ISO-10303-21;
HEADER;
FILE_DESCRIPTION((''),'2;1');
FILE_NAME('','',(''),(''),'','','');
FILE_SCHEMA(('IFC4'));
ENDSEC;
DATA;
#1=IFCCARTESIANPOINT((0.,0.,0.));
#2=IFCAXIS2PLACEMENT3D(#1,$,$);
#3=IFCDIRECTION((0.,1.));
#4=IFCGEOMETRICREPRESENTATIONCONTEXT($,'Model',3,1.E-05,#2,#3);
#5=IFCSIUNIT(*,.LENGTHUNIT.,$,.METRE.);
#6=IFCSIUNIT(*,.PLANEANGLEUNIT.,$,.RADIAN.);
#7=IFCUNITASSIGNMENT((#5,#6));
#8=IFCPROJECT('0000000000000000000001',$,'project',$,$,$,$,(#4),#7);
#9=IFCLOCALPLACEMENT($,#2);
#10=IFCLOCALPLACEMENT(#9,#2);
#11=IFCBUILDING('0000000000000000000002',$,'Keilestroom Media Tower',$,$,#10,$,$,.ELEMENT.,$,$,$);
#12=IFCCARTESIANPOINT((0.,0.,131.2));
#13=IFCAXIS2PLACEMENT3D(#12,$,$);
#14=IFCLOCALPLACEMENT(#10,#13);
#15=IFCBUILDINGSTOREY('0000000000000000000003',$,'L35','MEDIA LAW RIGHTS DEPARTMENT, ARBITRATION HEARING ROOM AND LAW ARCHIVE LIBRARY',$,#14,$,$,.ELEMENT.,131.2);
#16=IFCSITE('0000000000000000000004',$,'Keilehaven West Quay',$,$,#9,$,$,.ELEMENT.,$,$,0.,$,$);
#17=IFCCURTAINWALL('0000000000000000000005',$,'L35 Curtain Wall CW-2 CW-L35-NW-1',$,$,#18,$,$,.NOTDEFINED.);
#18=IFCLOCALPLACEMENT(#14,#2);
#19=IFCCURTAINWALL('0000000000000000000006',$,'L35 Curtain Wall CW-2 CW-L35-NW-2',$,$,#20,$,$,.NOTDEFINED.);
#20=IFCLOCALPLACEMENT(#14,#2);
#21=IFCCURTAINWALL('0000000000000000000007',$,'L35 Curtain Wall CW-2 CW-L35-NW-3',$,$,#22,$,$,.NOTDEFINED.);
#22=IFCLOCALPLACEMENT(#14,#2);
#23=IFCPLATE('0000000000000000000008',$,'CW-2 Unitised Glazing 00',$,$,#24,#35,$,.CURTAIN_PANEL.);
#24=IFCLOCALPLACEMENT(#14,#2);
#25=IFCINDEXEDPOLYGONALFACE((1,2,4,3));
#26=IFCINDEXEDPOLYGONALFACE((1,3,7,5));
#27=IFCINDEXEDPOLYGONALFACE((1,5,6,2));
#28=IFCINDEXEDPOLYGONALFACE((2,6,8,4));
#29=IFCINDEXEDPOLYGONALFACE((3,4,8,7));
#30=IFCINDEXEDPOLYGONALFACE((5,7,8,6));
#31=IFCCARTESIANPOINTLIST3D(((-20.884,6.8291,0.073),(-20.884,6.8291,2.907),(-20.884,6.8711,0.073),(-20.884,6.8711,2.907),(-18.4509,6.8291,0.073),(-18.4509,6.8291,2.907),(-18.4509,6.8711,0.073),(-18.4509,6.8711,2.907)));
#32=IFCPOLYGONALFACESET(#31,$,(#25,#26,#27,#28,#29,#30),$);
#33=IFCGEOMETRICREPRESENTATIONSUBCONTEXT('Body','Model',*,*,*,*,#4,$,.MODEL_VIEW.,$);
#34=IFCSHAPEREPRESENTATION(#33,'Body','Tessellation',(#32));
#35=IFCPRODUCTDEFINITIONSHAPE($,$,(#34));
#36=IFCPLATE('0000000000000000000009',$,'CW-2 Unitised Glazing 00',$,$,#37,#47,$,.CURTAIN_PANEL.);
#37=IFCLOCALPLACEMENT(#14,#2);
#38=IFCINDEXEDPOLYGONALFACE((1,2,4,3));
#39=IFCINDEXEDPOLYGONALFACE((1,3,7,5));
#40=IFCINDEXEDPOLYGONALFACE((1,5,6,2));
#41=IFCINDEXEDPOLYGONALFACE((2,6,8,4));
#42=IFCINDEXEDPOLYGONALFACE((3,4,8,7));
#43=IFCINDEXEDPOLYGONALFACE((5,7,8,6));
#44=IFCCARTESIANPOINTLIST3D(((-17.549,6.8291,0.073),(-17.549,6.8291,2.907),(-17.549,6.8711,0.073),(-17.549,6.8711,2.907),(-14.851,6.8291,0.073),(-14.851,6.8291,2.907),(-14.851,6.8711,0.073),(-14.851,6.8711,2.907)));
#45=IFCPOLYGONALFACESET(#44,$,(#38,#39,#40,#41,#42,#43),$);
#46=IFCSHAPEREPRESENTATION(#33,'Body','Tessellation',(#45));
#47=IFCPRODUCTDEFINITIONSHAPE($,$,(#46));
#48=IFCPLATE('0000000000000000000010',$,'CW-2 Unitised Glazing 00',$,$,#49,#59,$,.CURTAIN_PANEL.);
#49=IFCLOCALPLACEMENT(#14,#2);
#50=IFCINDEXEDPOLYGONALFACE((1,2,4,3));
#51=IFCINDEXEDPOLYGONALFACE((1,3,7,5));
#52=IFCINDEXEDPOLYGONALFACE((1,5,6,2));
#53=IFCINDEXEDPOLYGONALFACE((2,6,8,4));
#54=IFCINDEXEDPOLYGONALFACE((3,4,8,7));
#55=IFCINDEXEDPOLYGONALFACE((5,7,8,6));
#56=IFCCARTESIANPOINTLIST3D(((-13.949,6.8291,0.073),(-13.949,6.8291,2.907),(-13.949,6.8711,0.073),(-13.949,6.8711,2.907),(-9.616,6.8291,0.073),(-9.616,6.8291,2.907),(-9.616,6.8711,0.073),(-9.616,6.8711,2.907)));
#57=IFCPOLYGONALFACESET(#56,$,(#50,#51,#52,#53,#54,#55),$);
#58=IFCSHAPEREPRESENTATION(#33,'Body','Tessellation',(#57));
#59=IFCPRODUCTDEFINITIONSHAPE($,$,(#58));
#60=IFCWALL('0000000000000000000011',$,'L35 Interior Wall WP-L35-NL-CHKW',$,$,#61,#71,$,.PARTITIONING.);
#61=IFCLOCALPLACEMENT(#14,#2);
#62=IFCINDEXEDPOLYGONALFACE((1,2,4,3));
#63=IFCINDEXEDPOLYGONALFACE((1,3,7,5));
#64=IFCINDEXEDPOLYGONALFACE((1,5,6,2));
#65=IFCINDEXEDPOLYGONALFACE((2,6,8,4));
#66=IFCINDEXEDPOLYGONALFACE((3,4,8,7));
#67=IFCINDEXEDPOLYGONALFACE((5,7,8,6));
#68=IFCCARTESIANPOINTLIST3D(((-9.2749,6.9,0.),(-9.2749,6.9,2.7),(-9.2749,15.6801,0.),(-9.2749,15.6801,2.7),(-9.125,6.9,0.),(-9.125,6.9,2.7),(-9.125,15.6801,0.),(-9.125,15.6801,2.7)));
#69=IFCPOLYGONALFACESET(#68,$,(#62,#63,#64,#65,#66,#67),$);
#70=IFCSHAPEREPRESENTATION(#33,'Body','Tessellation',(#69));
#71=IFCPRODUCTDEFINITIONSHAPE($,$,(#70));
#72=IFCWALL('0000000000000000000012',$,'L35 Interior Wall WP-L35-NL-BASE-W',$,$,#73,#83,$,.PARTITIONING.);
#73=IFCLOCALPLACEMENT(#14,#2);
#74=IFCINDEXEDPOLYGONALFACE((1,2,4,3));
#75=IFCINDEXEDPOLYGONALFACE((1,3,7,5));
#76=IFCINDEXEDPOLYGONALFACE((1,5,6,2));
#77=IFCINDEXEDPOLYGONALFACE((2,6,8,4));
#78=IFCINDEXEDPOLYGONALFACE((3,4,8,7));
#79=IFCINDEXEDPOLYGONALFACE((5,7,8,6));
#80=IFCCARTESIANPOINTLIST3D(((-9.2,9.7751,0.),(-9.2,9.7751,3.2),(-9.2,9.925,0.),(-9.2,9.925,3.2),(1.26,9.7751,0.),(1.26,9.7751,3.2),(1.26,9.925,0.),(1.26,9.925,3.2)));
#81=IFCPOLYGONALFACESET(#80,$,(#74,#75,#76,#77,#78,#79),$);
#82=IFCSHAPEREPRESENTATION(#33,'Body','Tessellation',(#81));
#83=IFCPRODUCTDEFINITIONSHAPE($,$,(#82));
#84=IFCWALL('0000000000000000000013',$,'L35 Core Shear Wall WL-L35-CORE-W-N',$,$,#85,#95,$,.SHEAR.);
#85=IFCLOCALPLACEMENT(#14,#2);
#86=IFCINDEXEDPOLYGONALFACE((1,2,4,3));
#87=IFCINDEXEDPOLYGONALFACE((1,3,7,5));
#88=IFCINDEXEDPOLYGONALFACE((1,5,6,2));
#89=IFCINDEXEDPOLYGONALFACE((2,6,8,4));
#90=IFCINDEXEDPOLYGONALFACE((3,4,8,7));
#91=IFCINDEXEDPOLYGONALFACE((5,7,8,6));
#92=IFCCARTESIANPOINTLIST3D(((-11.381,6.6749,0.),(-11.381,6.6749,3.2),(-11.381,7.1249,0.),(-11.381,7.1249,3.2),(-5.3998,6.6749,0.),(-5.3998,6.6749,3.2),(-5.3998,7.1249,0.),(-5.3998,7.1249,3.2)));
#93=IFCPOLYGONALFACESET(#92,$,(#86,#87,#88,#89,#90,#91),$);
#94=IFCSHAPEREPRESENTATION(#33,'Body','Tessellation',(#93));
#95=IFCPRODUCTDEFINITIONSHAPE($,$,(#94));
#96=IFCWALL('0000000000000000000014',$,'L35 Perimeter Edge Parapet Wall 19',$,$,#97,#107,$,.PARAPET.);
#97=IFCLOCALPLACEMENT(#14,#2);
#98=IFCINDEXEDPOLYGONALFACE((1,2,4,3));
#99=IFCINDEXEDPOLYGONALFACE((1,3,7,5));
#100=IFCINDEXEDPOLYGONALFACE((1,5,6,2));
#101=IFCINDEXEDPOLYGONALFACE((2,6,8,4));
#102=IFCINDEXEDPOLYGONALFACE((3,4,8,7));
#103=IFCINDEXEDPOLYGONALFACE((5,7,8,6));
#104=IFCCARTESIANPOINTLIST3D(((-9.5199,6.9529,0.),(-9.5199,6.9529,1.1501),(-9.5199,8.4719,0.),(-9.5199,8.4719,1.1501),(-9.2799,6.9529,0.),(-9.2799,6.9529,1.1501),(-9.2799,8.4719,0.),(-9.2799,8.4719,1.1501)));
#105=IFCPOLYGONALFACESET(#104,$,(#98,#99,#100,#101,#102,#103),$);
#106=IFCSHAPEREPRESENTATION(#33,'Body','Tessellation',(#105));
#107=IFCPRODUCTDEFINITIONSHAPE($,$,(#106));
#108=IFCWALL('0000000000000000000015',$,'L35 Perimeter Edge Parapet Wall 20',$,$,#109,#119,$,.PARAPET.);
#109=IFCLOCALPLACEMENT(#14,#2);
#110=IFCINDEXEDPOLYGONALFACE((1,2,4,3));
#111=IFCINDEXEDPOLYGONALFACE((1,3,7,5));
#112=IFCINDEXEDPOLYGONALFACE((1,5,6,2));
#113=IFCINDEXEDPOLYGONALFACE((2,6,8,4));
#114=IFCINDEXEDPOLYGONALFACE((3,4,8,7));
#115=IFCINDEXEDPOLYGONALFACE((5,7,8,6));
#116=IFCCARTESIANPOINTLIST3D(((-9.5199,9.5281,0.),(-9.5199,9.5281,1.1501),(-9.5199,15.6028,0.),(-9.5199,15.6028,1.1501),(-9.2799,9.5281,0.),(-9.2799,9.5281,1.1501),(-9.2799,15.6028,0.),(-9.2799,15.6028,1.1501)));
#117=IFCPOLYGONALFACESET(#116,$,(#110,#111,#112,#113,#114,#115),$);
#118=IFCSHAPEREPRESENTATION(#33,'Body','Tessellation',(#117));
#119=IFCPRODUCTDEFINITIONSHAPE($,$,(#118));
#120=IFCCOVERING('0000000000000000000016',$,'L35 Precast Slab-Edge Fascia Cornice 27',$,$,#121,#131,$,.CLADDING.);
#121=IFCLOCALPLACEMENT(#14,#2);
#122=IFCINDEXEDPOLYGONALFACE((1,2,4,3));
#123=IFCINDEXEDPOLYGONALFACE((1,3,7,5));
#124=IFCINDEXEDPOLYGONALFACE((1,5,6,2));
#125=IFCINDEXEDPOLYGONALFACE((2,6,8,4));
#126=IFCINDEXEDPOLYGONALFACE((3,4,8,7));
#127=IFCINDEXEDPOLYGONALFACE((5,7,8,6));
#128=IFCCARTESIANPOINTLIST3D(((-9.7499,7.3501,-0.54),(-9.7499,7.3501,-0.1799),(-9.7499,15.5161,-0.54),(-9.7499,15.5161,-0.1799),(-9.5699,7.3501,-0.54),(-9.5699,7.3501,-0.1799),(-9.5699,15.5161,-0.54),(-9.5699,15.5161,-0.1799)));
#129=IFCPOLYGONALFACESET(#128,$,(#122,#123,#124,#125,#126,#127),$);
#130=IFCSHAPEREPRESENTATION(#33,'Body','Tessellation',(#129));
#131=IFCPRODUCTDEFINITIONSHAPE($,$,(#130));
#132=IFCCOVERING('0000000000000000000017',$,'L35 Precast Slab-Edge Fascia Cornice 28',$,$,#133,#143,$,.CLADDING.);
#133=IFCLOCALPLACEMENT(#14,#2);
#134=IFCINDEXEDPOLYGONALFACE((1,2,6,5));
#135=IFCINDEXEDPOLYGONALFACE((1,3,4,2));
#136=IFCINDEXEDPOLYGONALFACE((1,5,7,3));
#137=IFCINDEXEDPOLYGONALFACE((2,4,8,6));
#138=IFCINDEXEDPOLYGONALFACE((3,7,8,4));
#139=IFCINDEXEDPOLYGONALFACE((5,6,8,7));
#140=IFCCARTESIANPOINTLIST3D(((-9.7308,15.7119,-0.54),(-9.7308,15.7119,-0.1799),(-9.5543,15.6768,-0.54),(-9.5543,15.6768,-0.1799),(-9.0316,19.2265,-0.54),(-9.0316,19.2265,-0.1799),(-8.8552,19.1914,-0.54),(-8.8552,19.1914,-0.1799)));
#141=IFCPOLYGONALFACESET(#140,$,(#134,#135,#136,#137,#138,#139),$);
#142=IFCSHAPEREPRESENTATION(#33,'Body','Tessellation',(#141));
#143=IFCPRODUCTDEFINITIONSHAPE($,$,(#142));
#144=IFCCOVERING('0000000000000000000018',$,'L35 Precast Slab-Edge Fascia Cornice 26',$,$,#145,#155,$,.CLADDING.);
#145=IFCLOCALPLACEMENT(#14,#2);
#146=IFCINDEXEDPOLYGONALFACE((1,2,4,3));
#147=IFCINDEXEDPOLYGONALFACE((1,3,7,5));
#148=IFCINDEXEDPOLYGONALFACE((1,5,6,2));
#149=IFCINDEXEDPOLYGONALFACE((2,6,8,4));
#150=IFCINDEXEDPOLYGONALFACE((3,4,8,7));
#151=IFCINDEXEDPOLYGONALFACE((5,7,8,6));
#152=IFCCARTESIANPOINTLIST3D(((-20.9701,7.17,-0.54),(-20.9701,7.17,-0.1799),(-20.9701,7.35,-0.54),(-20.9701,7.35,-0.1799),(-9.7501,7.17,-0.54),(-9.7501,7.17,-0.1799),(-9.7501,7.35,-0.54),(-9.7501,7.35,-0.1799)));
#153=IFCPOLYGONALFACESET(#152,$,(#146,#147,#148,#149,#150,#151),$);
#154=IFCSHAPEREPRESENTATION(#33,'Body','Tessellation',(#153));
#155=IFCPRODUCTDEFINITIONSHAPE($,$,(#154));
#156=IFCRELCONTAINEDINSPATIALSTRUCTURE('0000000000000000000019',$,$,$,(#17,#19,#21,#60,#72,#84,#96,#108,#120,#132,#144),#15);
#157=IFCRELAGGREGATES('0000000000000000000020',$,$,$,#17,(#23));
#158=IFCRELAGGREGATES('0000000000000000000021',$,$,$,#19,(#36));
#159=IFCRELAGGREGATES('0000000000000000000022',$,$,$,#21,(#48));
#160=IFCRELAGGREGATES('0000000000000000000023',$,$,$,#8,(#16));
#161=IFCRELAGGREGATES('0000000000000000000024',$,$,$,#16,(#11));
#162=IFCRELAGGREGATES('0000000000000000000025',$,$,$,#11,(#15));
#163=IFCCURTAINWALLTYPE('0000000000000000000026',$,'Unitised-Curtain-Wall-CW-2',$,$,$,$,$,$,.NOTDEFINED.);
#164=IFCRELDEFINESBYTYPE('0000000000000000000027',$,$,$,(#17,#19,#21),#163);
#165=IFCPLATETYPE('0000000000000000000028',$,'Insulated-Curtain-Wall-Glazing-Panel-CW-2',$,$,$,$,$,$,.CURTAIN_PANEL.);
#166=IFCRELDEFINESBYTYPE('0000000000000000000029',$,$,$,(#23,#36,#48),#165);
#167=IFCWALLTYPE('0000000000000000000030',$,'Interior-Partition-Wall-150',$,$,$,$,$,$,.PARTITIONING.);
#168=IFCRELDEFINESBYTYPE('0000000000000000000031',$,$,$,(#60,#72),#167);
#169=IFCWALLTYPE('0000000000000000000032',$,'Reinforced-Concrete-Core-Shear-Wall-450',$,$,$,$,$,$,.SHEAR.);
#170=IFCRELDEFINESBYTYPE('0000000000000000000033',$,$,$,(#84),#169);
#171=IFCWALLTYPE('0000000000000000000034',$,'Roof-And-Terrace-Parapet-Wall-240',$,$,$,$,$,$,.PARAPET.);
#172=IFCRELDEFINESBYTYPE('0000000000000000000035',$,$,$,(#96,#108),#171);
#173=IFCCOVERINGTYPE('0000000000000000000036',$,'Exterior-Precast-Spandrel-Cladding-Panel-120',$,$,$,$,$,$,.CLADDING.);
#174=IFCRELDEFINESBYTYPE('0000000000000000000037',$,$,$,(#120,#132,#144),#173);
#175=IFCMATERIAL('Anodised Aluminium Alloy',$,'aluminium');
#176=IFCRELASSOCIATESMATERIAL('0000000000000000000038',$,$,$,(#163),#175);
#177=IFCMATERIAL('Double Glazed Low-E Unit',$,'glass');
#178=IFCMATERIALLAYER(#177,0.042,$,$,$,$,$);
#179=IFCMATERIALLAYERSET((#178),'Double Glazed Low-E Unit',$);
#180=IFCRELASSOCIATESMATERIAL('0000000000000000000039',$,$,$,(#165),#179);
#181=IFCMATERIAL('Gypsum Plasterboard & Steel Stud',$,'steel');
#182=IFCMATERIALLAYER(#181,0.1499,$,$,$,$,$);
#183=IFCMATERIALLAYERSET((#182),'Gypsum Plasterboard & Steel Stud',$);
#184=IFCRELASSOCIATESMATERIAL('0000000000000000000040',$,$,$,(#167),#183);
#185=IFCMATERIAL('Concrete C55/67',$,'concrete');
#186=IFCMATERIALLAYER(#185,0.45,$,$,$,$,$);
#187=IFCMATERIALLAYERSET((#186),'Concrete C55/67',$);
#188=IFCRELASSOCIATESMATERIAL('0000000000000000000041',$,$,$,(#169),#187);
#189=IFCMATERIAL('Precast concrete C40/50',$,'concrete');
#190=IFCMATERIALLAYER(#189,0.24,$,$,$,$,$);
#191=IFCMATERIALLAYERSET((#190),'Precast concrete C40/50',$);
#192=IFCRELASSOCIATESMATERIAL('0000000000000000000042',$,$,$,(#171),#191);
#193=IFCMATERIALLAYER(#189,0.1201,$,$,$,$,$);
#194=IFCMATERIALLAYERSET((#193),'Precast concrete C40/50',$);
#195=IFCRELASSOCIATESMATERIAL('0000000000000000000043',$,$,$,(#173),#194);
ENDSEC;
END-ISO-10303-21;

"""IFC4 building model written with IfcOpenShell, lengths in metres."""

from ifc_helpers import new_model, si_unit, direction, frame, frame_2d, origin, origin_2d, place, context, subcontext, project, spatial, rectangle, extrude, source, transform, mapped, material, layer, layer_set, type_object, element, aggregate, save


model = new_model("IFC4")

# Units and contexts
model_context = context("Model", 3, precision=1e-05, world=origin(), true_north=direction((0.0, 1.0)))
body_context = subcontext(model_context, "Body", "Model", "MODEL_VIEW")
ifc_project = project(units=[si_unit("LENGTHUNIT", "METRE"), si_unit("PLANEANGLEUNIT", "RADIAN")], contexts=[model_context])

# Site, building, storey
site_placement = place(None, origin())
site = spatial("IfcSite", under=ifc_project, at=site_placement, Name="Keilehaven West Quay", CompositionType="ELEMENT", RefElevation=0.0)
building_placement = place(site_placement, origin())
building = spatial("IfcBuilding", under=site, at=building_placement, Name="Keilestroom Media Tower", CompositionType="ELEMENT")
storey_placement = place(building_placement, frame((0.0, 0.0, 131.2)))
storey = spatial("IfcBuildingStorey", under=building, at=storey_placement, Name="L35", Description="MEDIA LAW RIGHTS DEPARTMENT, ARBITRATION HEARING ROOM AND LAW ARCHIVE LIBRARY", CompositionType="ELEMENT", Elevation=131.2)

# Shared definitions
ifc_material_1 = material(Name="Precast concrete C40/50", Category="concrete")
ifc_material_2 = material(Name="Concrete C55/67", Category="concrete")

# Curtain walls
ifc_material_3 = material(Name="Anodised Aluminium Alloy", Category="aluminium")
curtain_wall_type = type_object("IfcCurtainWallType", Name="Unitised-Curtain-Wall-CW-2", PredefinedType="NOTDEFINED", material=ifc_material_3)
curtain_wall_1_placement = place(storey_placement, origin())
curtain_wall_1 = element("IfcCurtainWall", 1, at=curtain_wall_1_placement, inside=storey, type_object=curtain_wall_type, Name="L35 Curtain Wall CW-2 CW-L35-NW-1", PredefinedType="NOTDEFINED")
curtain_wall_2_placement = place(storey_placement, origin())
curtain_wall_2 = element("IfcCurtainWall", 2, at=curtain_wall_2_placement, inside=storey, type_object=curtain_wall_type, Name="L35 Curtain Wall CW-2 CW-L35-NW-2", PredefinedType="NOTDEFINED")
curtain_wall_3_placement = place(storey_placement, origin())
curtain_wall_3 = element("IfcCurtainWall", 3, at=curtain_wall_3_placement, inside=storey, type_object=curtain_wall_type, Name="L35 Curtain Wall CW-2 CW-L35-NW-3", PredefinedType="NOTDEFINED")

# Plates
ifc_material_4 = material(Name="Double Glazed Low-E Unit", Category="glass")
ifc_layer_1 = layer(ifc_material_4, 0.042)
ifc_layer_set_1 = layer_set([ifc_layer_1], Name="Double Glazed Low-E Unit")
plate_type = type_object("IfcPlateType", Name="Insulated-Curtain-Wall-Glazing-Panel-CW-2", PredefinedType="CURTAIN_PANEL", material=ifc_layer_set_1)
shared_shape_1 = source(origin(), body_context, "Body", "SweptSolid", [
    extrude(rectangle(XDim=2.4331, YDim=0.042, at=origin_2d()), origin(), (0.0, 0.0, 1.0), 2.834),
])
plate_1_placement = place(storey_placement, frame((-19.6675, 6.8501, 0.073), z_axis=(0.0, 0.0, 1.0), x_axis=(1.0, 0.0, 0.0)))
plate_1 = element("IfcPlate", 4, at=plate_1_placement, type_object=plate_type, Name="CW-2 Unitised Glazing 00", PredefinedType="CURTAIN_PANEL", context=body_context, shape_type="MappedRepresentation", body=[
    mapped(shared_shape_1, transform((0.0, 0.0, 0.0), x_axis=(1.0, 0.0, 0.0), y_axis=(0.0, 1.0, 0.0), z_axis=(0.0, 0.0, 1.0), scale=1.0)),
])
aggregate(curtain_wall_1, [plate_1])
shared_shape_2 = source(origin(), body_context, "Body", "SweptSolid", [
    extrude(rectangle(XDim=2.698, YDim=0.042, at=origin_2d()), origin(), (0.0, 0.0, 1.0), 2.834),
])
plate_2_placement = place(storey_placement, frame((-16.2, 6.8501, 0.073), z_axis=(0.0, 0.0, 1.0), x_axis=(1.0, 0.0, 0.0)))
plate_2 = element("IfcPlate", 5, at=plate_2_placement, type_object=plate_type, Name="CW-2 Unitised Glazing 00", PredefinedType="CURTAIN_PANEL", context=body_context, shape_type="MappedRepresentation", body=[
    mapped(shared_shape_2, transform((0.0, 0.0, 0.0), x_axis=(1.0, 0.0, 0.0), y_axis=(0.0, 1.0, 0.0), z_axis=(0.0, 0.0, 1.0), scale=1.0)),
])
aggregate(curtain_wall_2, [plate_2])
shared_shape_3 = source(origin(), body_context, "Body", "SweptSolid", [
    extrude(rectangle(XDim=4.333, YDim=0.042, at=origin_2d()), origin(), (0.0, 0.0, 1.0), 2.834),
])
plate_3_placement = place(storey_placement, frame((-11.7825, 6.8501, 0.073), z_axis=(0.0, 0.0, 1.0), x_axis=(1.0, 0.0, 0.0)))
plate_3 = element("IfcPlate", 6, at=plate_3_placement, type_object=plate_type, Name="CW-2 Unitised Glazing 00", PredefinedType="CURTAIN_PANEL", context=body_context, shape_type="MappedRepresentation", body=[
    mapped(shared_shape_3, transform((0.0, 0.0, 0.0), x_axis=(1.0, 0.0, 0.0), y_axis=(0.0, 1.0, 0.0), z_axis=(0.0, 0.0, 1.0), scale=1.0)),
])
aggregate(curtain_wall_3, [plate_3])

# Walls
ifc_material_5 = material(Name="Gypsum Plasterboard & Steel Stud", Category="steel")
ifc_layer_2 = layer(ifc_material_5, 0.1499)
ifc_layer_set_2 = layer_set([ifc_layer_2], Name="Gypsum Plasterboard & Steel Stud")
wall_type_1 = type_object("IfcWallType", Name="Interior-Partition-Wall-150", PredefinedType="PARTITIONING", material=ifc_layer_set_2)
wall_1_placement = place(storey_placement, frame((-9.2, 6.8999, 0.0), z_axis=(0.0, 0.0, 1.0), x_axis=(0.0, 1.0, 0.0)))
element("IfcWall", 7, at=wall_1_placement, inside=storey, type_object=wall_type_1, Name="L35 Interior Wall WP-L35-NL-CHKW", PredefinedType="PARTITIONING", context=body_context, shape_type="SweptSolid", body=[
    extrude(rectangle(XDim=8.78, YDim=0.1499, at=frame_2d((4.3901, 0.0))), origin(), (0.0, 0.0, 1.0), 2.7),
])
wall_2_placement = place(storey_placement, frame((-9.2, 9.8501, 0.0), z_axis=(0.0, 0.0, 1.0), x_axis=(1.0, 0.0, 0.0)))
element("IfcWall", 8, at=wall_2_placement, inside=storey, type_object=wall_type_1, Name="L35 Interior Wall WP-L35-NL-BASE-W", PredefinedType="PARTITIONING", context=body_context, shape_type="SweptSolid", body=[
    extrude(rectangle(XDim=10.46, YDim=0.1499, at=frame_2d((5.23, 0.0))), origin(), (0.0, 0.0, 1.0), 3.2),
])
ifc_layer_3 = layer(ifc_material_2, 0.45)
ifc_layer_set_3 = layer_set([ifc_layer_3], Name="Concrete C55/67")
wall_type_2 = type_object("IfcWallType", Name="Reinforced-Concrete-Core-Shear-Wall-450", PredefinedType="SHEAR", material=ifc_layer_set_3)
wall_3_placement = place(storey_placement, frame((-11.3811, 6.8999, 0.0), z_axis=(0.0, 0.0, 1.0), x_axis=(1.0, 0.0, 0.0)))
element("IfcWall", 9, at=wall_3_placement, inside=storey, type_object=wall_type_2, Name="L35 Core Shear Wall WL-L35-CORE-W-N", PredefinedType="SHEAR", context=body_context, shape_type="SweptSolid", body=[
    extrude(rectangle(XDim=5.9812, YDim=0.45, at=frame_2d((2.9907, 0.0))), origin(), (0.0, 0.0, 1.0), 3.2),
])
ifc_layer_4 = layer(ifc_material_1, 0.24)
ifc_layer_set_4 = layer_set([ifc_layer_4], Name="Precast concrete C40/50")
wall_type_3 = type_object("IfcWallType", Name="Roof-And-Terrace-Parapet-Wall-240", PredefinedType="PARAPET", material=ifc_layer_set_4)
wall_4_placement = place(storey_placement, frame((-9.3999, 6.9529, 0.0), z_axis=(0.0, 0.0, 1.0), x_axis=(0.0, 1.0, 0.0)))
element("IfcWall", 10, at=wall_4_placement, inside=storey, type_object=wall_type_3, Name="L35 Perimeter Edge Parapet Wall 19", PredefinedType="PARAPET", context=body_context, shape_type="SweptSolid", body=[
    extrude(rectangle(XDim=1.519, YDim=0.24, at=frame_2d((0.7595, 0.0))), origin(), (0.0, 0.0, 1.0), 1.1501),
])
wall_5_placement = place(storey_placement, frame((-9.3999, 9.5281, 0.0), z_axis=(0.0, 0.0, 1.0), x_axis=(0.0, 1.0, 0.0)))
element("IfcWall", 11, at=wall_5_placement, inside=storey, type_object=wall_type_3, Name="L35 Perimeter Edge Parapet Wall 20", PredefinedType="PARAPET", context=body_context, shape_type="SweptSolid", body=[
    extrude(rectangle(XDim=6.0747, YDim=0.24, at=frame_2d((3.0374, 0.0))), origin(), (0.0, 0.0, 1.0), 1.1501),
])

# Coverings
ifc_layer_5 = layer(ifc_material_1, 0.1201)
ifc_layer_set_5 = layer_set([ifc_layer_5], Name="Precast concrete C40/50")
covering_type = type_object("IfcCoveringType", Name="Exterior-Precast-Spandrel-Cladding-Panel-120", PredefinedType="CLADDING", material=ifc_layer_set_5)
shared_shape_4 = source(origin(), body_context, "Body", "SweptSolid", [
    extrude(rectangle(XDim=8.166, YDim=0.1799, at=origin_2d()), origin(), (0.0, 0.0, 1.0), 0.3601),
])
covering_1_placement = place(storey_placement, frame((-9.6599, 11.4331, -0.54), z_axis=(0.0, 0.0, 1.0), x_axis=(0.0, 1.0, 0.0)))
element("IfcCovering", 12, at=covering_1_placement, inside=storey, type_object=covering_type, Name="L35 Precast Slab-Edge Fascia Cornice 27", PredefinedType="CLADDING", context=body_context, shape_type="MappedRepresentation", body=[
    mapped(shared_shape_4, transform((0.0, 0.0, 0.0), x_axis=(1.0, 0.0, 0.0), y_axis=(0.0, 1.0, 0.0), z_axis=(0.0, 0.0, 1.0), scale=1.0)),
])
shared_shape_5 = source(origin(), body_context, "Body", "SweptSolid", [
    extrude(rectangle(XDim=3.5835, YDim=0.1799, at=origin_2d()), origin(), (0.0, 0.0, 1.0), 0.3601),
])
covering_2_placement = place(storey_placement, frame((-9.293, 17.4517, -0.54), z_axis=(0.0, 0.0, 1.0), x_axis=(0.195099, 0.980784, 0.0)))
element("IfcCovering", 13, at=covering_2_placement, inside=storey, type_object=covering_type, Name="L35 Precast Slab-Edge Fascia Cornice 28", PredefinedType="CLADDING", context=body_context, shape_type="MappedRepresentation", body=[
    mapped(shared_shape_5, transform((0.0, 0.0, 0.0), x_axis=(1.0, 0.0, 0.0), y_axis=(0.0, 1.0, 0.0), z_axis=(0.0, 0.0, 1.0), scale=1.0)),
])
shared_shape_6 = source(origin(), body_context, "Body", "SweptSolid", [
    extrude(rectangle(XDim=11.22, YDim=0.1799, at=origin_2d()), origin(), (0.0, 0.0, 1.0), 0.3601),
])
covering_3_placement = place(storey_placement, frame((-15.3601, 7.26, -0.54), z_axis=(0.0, 0.0, 1.0), x_axis=(1.0, 0.0, 0.0)))
element("IfcCovering", 14, at=covering_3_placement, inside=storey, type_object=covering_type, Name="L35 Precast Slab-Edge Fascia Cornice 26", PredefinedType="CLADDING", context=body_context, shape_type="MappedRepresentation", body=[
    mapped(shared_shape_6, transform((0.0, 0.0, 0.0), x_axis=(1.0, 0.0, 0.0), y_axis=(0.0, 1.0, 0.0), z_axis=(0.0, 0.0, 1.0), scale=1.0)),
])

save(model, "model.ifc")
